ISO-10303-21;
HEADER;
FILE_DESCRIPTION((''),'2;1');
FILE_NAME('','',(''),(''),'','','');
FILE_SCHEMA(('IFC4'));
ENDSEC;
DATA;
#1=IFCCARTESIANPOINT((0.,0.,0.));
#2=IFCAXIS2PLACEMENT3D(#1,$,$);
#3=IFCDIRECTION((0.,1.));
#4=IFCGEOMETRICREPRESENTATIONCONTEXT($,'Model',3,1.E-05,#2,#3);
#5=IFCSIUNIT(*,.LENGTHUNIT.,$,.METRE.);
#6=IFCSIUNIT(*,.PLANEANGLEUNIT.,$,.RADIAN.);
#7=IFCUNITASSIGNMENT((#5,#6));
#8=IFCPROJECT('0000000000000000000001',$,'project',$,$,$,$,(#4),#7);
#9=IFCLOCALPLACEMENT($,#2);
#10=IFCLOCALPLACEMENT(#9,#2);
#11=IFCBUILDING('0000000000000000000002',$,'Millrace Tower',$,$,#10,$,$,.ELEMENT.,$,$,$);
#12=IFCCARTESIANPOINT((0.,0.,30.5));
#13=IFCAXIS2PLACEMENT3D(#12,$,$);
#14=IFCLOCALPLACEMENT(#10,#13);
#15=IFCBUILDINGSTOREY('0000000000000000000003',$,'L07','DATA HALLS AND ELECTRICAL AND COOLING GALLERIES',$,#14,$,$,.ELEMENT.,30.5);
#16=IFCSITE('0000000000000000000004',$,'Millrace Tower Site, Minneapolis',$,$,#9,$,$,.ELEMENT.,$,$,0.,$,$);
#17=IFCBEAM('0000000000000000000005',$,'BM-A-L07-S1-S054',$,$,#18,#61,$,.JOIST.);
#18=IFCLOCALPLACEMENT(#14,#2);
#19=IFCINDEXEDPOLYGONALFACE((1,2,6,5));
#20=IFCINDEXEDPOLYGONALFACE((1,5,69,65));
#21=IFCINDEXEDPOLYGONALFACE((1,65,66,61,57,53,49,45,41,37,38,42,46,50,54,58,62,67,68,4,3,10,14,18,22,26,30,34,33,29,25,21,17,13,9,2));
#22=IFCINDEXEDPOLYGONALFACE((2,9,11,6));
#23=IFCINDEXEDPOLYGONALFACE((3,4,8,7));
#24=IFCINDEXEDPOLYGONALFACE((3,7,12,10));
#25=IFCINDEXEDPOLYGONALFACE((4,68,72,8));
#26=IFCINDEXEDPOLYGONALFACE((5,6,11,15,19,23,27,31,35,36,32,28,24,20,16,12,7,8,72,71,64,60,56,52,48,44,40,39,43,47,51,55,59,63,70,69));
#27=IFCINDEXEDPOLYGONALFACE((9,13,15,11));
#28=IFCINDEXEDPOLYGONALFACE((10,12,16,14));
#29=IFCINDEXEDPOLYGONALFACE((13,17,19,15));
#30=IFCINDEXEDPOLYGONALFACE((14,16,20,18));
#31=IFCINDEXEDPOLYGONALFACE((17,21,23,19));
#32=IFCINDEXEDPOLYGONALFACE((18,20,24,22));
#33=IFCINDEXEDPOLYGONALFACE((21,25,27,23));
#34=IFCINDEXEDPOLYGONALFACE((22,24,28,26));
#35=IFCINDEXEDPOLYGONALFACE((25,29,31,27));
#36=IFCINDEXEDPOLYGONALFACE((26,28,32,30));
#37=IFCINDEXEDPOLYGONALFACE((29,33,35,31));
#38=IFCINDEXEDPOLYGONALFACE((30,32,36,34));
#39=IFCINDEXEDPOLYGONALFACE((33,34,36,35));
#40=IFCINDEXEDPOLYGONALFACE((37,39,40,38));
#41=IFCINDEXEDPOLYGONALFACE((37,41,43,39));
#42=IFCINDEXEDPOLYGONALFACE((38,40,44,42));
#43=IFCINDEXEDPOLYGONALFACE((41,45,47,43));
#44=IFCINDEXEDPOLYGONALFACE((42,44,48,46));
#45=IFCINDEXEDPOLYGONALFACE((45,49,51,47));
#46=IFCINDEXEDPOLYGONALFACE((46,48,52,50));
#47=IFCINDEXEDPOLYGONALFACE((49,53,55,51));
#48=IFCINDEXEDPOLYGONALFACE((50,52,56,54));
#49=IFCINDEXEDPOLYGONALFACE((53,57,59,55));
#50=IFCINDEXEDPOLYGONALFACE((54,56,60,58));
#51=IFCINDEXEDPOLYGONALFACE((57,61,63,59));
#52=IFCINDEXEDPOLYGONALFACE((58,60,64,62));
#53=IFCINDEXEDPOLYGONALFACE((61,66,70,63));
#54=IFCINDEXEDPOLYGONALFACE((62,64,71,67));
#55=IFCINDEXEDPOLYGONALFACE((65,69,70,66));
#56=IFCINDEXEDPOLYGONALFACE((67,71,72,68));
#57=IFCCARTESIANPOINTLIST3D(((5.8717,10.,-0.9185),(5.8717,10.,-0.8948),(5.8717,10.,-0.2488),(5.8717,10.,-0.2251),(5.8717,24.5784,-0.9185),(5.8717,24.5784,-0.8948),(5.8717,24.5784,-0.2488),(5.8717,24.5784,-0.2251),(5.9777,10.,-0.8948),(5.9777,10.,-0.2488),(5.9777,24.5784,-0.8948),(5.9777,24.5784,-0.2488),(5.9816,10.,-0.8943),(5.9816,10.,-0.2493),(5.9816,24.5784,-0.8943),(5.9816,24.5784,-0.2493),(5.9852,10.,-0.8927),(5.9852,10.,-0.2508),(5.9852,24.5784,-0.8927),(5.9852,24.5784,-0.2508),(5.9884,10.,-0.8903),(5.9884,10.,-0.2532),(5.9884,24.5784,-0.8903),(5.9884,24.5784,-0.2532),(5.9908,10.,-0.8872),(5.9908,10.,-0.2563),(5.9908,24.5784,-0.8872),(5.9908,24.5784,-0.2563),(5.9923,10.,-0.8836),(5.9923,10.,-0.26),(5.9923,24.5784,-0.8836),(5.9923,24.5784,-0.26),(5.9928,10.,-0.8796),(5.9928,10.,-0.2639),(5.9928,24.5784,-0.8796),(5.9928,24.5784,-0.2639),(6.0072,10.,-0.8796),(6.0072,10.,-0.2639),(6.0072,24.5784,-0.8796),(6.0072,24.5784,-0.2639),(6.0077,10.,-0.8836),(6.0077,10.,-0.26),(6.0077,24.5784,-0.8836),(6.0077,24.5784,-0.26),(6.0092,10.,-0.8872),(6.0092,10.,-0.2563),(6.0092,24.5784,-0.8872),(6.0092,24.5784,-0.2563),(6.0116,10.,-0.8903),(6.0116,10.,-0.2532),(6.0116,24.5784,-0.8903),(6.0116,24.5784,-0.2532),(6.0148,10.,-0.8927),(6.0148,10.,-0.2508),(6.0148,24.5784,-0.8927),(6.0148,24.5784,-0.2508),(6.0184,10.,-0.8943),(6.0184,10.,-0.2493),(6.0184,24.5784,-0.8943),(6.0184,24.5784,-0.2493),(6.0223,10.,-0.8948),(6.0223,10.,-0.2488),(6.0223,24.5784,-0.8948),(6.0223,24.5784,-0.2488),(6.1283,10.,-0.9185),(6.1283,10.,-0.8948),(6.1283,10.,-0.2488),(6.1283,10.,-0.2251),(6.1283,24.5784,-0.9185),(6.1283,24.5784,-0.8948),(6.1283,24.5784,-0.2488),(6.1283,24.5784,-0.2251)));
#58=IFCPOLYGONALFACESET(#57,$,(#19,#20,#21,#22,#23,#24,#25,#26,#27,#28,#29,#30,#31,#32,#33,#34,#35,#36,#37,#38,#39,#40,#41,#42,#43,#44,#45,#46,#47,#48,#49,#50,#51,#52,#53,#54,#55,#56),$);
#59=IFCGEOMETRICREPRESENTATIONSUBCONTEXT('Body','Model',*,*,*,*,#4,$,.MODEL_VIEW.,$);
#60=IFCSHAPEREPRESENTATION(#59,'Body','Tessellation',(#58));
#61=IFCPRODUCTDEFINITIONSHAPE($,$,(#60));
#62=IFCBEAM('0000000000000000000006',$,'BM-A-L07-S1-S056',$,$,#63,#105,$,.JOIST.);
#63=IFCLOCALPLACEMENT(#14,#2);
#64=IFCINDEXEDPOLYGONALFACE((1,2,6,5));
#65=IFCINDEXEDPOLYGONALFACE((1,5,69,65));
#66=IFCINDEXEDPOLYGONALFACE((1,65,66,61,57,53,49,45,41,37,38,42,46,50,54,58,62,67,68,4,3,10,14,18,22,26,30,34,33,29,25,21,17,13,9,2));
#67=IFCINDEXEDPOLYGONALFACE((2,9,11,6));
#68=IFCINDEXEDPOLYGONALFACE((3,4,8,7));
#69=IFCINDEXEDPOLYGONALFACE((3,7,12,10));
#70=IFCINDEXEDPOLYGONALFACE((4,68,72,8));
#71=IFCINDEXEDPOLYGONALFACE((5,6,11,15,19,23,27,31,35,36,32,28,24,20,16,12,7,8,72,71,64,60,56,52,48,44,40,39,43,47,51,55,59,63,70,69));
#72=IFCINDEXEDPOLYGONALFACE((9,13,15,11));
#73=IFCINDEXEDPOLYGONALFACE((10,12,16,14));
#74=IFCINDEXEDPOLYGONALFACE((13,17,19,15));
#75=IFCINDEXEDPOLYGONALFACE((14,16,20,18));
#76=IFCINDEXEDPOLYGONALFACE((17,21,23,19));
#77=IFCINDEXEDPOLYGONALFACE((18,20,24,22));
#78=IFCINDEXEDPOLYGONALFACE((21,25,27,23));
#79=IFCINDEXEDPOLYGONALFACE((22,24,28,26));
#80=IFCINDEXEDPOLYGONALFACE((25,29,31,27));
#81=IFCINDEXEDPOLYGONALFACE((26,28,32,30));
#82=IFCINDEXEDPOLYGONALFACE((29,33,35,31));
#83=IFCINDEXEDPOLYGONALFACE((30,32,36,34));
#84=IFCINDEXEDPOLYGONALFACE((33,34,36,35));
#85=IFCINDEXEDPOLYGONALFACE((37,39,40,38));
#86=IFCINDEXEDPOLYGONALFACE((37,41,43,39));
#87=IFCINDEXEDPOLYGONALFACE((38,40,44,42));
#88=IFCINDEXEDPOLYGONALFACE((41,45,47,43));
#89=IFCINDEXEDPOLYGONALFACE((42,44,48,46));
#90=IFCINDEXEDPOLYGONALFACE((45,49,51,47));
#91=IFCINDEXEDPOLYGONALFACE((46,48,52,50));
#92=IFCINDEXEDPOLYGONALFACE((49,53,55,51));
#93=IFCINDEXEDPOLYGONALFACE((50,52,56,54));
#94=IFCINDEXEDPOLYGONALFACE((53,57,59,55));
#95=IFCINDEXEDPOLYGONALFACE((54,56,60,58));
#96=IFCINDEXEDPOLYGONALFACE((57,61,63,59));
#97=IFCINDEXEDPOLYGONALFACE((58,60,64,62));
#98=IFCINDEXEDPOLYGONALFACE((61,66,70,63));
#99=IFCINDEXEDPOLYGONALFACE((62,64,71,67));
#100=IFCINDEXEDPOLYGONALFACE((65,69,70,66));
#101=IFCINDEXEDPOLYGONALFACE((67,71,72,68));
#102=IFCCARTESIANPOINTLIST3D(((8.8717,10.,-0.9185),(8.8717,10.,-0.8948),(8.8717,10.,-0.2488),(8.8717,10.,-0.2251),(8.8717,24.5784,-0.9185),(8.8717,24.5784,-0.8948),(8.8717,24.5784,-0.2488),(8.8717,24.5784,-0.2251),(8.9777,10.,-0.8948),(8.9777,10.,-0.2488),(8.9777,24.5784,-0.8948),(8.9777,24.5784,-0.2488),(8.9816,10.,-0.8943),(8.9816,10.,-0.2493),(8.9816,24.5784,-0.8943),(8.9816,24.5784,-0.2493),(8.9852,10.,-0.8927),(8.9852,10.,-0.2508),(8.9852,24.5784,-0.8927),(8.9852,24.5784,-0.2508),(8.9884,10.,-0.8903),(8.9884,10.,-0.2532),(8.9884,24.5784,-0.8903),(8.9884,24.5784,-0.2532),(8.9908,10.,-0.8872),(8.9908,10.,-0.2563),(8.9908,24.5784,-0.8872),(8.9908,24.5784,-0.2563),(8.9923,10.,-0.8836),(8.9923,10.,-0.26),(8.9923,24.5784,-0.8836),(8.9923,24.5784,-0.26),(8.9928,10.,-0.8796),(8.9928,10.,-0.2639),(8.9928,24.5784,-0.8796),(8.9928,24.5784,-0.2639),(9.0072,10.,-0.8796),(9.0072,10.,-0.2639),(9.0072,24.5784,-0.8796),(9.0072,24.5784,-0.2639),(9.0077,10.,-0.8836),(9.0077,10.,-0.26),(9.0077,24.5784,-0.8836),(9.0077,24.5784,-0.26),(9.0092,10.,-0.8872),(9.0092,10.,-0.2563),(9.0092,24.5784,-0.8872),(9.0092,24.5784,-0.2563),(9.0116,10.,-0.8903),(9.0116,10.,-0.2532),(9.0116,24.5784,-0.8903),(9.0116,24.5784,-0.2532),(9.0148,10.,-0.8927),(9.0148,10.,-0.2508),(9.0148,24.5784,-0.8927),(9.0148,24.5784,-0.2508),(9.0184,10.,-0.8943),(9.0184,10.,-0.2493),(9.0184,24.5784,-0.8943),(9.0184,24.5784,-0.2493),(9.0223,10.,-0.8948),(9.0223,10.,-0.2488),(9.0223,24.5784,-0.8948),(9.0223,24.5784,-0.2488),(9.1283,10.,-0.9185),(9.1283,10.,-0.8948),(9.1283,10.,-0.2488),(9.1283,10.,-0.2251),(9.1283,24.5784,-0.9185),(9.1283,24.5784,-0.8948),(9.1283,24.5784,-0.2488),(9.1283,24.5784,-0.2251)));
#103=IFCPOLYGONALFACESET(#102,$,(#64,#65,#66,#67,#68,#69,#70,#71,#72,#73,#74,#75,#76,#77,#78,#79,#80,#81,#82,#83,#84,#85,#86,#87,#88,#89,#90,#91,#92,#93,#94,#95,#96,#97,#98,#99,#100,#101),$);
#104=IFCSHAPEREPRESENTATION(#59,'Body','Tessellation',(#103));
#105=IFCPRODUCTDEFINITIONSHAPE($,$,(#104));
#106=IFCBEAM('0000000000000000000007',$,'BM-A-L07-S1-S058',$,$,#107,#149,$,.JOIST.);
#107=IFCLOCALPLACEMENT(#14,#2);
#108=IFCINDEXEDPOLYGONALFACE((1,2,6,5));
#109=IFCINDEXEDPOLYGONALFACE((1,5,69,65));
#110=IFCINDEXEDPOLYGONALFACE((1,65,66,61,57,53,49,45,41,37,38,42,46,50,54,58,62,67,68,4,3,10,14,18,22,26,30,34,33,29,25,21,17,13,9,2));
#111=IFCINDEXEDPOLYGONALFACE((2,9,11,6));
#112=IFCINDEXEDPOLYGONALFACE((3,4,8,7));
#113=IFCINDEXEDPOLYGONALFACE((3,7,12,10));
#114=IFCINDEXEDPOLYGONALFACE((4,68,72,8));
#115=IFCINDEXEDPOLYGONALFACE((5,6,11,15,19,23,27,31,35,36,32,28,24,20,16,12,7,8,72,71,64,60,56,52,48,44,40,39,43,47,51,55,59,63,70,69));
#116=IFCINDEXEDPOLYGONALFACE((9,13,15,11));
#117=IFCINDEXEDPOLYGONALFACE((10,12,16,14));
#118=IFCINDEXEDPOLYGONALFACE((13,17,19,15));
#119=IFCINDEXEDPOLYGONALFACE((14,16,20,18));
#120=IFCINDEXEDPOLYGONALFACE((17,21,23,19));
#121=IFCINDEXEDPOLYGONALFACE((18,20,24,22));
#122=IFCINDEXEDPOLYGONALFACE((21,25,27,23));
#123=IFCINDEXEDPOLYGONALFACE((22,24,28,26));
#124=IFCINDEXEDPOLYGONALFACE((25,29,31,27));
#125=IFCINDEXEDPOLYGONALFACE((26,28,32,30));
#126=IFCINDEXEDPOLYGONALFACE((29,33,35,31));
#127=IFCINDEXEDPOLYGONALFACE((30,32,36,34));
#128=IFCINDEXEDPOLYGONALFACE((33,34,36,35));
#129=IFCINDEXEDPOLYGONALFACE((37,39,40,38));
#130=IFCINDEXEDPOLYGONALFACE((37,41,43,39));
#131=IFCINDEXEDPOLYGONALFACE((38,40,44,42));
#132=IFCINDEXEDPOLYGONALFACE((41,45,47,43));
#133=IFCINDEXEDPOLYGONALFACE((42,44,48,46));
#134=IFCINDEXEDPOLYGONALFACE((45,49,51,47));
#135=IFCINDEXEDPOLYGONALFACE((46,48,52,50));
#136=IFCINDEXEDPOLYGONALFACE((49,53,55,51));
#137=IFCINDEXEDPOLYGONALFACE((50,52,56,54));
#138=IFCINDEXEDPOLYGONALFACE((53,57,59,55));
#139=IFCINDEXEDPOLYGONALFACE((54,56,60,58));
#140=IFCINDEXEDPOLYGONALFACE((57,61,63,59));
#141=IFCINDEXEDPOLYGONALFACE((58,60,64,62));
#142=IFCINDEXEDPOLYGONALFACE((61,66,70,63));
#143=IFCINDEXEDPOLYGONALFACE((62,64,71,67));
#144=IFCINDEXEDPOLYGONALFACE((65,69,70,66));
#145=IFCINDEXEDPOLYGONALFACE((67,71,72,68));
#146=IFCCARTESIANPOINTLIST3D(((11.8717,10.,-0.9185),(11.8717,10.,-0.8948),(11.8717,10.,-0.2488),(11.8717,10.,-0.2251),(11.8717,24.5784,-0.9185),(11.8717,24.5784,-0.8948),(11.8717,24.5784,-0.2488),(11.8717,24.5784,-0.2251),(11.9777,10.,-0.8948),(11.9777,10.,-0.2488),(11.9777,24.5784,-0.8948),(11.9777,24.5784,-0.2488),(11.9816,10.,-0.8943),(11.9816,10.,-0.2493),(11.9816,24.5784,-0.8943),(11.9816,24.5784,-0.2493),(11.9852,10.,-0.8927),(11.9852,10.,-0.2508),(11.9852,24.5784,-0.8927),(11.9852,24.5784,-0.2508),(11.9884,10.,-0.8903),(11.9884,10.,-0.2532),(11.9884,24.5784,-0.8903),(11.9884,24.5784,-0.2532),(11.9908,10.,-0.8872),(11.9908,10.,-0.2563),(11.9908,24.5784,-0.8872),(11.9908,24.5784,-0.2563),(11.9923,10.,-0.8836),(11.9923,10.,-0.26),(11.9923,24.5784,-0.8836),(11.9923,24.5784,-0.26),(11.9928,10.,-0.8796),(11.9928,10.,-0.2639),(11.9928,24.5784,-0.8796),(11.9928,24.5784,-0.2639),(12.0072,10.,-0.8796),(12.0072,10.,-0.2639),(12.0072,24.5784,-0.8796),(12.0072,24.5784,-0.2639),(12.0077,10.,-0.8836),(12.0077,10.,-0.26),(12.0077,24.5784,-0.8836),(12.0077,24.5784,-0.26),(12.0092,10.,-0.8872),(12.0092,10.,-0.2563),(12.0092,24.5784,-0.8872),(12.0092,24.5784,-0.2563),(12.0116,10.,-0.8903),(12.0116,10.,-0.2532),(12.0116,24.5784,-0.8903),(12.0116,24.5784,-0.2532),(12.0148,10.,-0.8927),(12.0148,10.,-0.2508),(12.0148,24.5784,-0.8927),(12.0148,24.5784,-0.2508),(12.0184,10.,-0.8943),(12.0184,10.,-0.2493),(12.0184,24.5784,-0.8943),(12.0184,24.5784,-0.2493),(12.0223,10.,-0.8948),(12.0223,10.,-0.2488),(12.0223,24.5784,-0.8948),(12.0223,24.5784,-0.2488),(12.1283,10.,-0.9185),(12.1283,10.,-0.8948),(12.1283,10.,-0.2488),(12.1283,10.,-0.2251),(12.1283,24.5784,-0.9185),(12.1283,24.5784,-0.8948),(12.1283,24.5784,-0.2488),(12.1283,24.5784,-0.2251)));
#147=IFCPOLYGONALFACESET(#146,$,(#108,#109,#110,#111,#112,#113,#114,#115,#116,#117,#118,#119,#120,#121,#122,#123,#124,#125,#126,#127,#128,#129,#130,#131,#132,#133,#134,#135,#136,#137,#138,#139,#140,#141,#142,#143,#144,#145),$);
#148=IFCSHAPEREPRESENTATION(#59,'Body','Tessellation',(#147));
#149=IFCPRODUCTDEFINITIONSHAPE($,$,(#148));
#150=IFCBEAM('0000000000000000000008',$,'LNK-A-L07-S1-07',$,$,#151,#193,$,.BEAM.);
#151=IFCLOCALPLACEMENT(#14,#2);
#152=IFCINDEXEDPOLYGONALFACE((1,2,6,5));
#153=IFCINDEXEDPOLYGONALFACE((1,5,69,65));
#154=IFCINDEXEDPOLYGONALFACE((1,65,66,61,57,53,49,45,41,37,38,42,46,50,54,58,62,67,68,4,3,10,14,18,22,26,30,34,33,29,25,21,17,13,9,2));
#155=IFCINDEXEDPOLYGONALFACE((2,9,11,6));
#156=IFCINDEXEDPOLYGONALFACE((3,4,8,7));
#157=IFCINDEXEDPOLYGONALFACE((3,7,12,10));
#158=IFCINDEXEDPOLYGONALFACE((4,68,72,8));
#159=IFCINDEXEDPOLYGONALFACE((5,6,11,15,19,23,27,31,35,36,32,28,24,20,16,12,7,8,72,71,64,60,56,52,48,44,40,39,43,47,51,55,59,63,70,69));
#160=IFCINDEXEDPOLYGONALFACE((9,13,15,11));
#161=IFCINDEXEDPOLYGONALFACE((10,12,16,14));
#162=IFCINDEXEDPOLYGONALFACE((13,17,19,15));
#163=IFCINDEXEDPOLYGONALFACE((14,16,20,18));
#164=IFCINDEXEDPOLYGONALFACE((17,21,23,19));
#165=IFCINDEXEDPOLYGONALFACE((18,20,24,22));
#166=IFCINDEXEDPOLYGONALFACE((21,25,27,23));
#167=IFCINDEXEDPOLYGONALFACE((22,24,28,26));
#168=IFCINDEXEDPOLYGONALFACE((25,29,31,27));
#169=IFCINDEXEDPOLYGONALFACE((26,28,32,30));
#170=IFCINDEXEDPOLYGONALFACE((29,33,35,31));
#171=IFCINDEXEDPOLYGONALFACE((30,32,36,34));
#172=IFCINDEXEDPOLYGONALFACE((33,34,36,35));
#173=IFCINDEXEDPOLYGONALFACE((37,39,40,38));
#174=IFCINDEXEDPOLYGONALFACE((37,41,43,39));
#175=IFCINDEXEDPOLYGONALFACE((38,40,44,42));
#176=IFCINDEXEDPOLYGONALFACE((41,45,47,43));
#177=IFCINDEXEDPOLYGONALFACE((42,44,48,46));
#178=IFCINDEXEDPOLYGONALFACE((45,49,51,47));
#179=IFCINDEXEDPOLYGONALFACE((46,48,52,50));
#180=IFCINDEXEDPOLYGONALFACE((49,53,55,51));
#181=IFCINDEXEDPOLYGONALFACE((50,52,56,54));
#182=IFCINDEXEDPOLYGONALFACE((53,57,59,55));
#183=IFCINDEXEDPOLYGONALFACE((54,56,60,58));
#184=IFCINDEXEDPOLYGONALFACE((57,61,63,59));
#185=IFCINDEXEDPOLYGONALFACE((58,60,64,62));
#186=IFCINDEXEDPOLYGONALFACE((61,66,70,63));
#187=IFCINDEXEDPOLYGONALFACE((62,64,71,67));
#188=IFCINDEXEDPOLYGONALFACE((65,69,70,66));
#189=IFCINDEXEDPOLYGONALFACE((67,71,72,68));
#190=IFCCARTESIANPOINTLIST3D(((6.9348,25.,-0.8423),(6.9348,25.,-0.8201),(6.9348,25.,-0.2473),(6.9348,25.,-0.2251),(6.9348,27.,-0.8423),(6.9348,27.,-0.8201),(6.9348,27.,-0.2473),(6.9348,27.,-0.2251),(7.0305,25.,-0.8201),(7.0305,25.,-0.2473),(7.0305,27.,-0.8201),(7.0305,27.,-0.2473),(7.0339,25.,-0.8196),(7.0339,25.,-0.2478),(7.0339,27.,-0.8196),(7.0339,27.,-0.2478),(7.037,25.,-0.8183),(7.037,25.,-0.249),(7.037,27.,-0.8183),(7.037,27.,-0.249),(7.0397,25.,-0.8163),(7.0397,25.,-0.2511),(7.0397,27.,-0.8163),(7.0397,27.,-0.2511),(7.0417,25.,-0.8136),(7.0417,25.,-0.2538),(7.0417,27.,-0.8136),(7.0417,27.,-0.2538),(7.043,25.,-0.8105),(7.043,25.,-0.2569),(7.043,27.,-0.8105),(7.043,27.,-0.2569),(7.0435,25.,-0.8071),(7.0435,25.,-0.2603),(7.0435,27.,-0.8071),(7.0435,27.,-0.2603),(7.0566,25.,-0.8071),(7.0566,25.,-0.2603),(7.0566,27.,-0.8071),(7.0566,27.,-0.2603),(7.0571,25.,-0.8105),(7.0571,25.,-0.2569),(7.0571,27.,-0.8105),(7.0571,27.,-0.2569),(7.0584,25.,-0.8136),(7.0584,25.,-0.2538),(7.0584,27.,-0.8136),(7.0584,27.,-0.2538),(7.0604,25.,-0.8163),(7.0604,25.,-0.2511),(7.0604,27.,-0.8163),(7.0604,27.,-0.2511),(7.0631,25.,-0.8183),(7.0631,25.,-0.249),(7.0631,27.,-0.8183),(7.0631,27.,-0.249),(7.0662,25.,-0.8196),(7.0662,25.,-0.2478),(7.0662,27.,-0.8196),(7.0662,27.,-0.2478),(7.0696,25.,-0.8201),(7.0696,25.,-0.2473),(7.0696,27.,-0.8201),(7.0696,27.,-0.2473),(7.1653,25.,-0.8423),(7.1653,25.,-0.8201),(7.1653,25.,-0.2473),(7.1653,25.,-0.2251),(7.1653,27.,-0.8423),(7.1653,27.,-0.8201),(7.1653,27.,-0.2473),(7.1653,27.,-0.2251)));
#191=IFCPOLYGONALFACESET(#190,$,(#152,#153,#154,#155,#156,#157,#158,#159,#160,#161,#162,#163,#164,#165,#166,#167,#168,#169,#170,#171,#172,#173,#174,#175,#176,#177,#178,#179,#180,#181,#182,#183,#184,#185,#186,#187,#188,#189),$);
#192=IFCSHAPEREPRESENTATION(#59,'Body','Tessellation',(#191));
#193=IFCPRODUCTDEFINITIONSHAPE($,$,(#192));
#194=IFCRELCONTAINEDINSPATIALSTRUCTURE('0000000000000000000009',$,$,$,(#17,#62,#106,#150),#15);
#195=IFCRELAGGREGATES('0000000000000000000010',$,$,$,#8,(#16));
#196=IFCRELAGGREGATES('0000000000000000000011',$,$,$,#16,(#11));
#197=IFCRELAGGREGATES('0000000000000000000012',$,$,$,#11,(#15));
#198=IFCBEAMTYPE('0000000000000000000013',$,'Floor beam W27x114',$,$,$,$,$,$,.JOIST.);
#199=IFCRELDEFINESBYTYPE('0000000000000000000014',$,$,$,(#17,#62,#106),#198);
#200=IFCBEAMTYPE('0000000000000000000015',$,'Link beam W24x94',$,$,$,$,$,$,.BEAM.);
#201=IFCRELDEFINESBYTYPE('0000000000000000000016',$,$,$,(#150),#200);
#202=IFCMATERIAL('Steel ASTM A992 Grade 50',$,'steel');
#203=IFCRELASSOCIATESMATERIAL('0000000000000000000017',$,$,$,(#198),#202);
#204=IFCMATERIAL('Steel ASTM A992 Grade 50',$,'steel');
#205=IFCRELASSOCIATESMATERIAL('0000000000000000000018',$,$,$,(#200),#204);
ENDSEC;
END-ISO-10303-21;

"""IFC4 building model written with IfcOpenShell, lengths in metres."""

from ifc_helpers import new_model, si_unit, direction, frame, origin, origin_2d, place, context, subcontext, project, spatial, i_section, extrude, material, material_profile, profile_set, type_object, element, save


model = new_model("IFC4")

# Units and contexts
model_context = context("Model", 3, precision=1e-05, world=origin(), true_north=direction((0.0, 1.0)))
body_context = subcontext(model_context, "Body", "Model", "MODEL_VIEW")
ifc_project = project(units=[si_unit("LENGTHUNIT", "METRE"), si_unit("PLANEANGLEUNIT", "RADIAN")], contexts=[model_context])

# Site, building, storey
site_placement = place(None, origin())
site = spatial("IfcSite", under=ifc_project, at=site_placement, Name="Millrace Tower Site, Minneapolis", CompositionType="ELEMENT", RefElevation=0.0)
building_placement = place(site_placement, origin())
building = spatial("IfcBuilding", under=site, at=building_placement, Name="Millrace Tower", CompositionType="ELEMENT")
storey_placement = place(building_placement, frame((0.0, 0.0, 30.5)))
storey = spatial("IfcBuildingStorey", under=building, at=storey_placement, Name="L07", Description="DATA HALLS AND ELECTRICAL AND COOLING GALLERIES", CompositionType="ELEMENT", Elevation=30.5)

# Beams
ifc_material_1 = material(Name="Steel ASTM A992 Grade 50", Category="steel")
ifc_material_profile_1 = material_profile(ifc_material_1, i_section(OverallWidth=0.2566, OverallDepth=0.6934, WebThickness=0.0144, FlangeThickness=0.0237, FilletRadius=0.0151, at=origin_2d()))
ifc_profile_set_1 = profile_set([ifc_material_profile_1], Name="Steel ASTM A992 Grade 50")
beam_type_1 = type_object("IfcBeamType", Name="Floor beam W27x114", PredefinedType="JOIST", material=ifc_profile_set_1)
for number, where, z_axis, x_axis, name in (
    (1, (6.0, 10.0, -0.5718), (0.0, 1.0, 0.0), (-1.0, 0.0, 0.0), "BM-A-L07-S1-S054"),
    (2, (9.0, 10.0, -0.5718), (0.0, 1.0, 0.0), (-1.0, 0.0, 0.0), "BM-A-L07-S1-S056"),
    (3, (12.0, 10.0, -0.5718), (0.0, 1.0, 0.0), (-1.0, 0.0, 0.0), "BM-A-L07-S1-S058"),
):
    element("IfcBeam", number, at=place(storey_placement, frame(where, z_axis=z_axis, x_axis=x_axis)), inside=storey, type_object=beam_type_1, Name=name, PredefinedType="JOIST", context=body_context, shape_type="SweptSolid", body=[
        extrude(i_section(OverallWidth=0.2566, OverallDepth=0.6934, WebThickness=0.0144, FlangeThickness=0.0237, FilletRadius=0.0151, at=origin_2d()), origin(), (0.0, 0.0, 1.0), 14.5784),
    ])
ifc_material_2 = material(Name="Steel ASTM A992 Grade 50", Category="steel")
ifc_material_profile_2 = material_profile(ifc_material_2, i_section(OverallWidth=0.2305, OverallDepth=0.6172, WebThickness=0.0132, FlangeThickness=0.0222, FilletRadius=0.0129, at=origin_2d()))
ifc_profile_set_2 = profile_set([ifc_material_profile_2], Name="Steel ASTM A992 Grade 50")
beam_type_2 = type_object("IfcBeamType", Name="Link beam W24x94", PredefinedType="BEAM", material=ifc_profile_set_2)
beam_1_placement = place(storey_placement, frame((7.05, 25.0, -0.5337), z_axis=(0.0, 1.0, 0.0), x_axis=(-1.0, 0.0, 0.0)))
element("IfcBeam", 4, at=beam_1_placement, inside=storey, type_object=beam_type_2, Name="LNK-A-L07-S1-07", PredefinedType="BEAM", context=body_context, shape_type="SweptSolid", body=[
    extrude(i_section(OverallWidth=0.2305, OverallDepth=0.6172, WebThickness=0.0132, FlangeThickness=0.0222, FilletRadius=0.0129, at=origin_2d()), origin(), (0.0, 0.0, 1.0), 2.0),
])

save(model, "model.ifc")
